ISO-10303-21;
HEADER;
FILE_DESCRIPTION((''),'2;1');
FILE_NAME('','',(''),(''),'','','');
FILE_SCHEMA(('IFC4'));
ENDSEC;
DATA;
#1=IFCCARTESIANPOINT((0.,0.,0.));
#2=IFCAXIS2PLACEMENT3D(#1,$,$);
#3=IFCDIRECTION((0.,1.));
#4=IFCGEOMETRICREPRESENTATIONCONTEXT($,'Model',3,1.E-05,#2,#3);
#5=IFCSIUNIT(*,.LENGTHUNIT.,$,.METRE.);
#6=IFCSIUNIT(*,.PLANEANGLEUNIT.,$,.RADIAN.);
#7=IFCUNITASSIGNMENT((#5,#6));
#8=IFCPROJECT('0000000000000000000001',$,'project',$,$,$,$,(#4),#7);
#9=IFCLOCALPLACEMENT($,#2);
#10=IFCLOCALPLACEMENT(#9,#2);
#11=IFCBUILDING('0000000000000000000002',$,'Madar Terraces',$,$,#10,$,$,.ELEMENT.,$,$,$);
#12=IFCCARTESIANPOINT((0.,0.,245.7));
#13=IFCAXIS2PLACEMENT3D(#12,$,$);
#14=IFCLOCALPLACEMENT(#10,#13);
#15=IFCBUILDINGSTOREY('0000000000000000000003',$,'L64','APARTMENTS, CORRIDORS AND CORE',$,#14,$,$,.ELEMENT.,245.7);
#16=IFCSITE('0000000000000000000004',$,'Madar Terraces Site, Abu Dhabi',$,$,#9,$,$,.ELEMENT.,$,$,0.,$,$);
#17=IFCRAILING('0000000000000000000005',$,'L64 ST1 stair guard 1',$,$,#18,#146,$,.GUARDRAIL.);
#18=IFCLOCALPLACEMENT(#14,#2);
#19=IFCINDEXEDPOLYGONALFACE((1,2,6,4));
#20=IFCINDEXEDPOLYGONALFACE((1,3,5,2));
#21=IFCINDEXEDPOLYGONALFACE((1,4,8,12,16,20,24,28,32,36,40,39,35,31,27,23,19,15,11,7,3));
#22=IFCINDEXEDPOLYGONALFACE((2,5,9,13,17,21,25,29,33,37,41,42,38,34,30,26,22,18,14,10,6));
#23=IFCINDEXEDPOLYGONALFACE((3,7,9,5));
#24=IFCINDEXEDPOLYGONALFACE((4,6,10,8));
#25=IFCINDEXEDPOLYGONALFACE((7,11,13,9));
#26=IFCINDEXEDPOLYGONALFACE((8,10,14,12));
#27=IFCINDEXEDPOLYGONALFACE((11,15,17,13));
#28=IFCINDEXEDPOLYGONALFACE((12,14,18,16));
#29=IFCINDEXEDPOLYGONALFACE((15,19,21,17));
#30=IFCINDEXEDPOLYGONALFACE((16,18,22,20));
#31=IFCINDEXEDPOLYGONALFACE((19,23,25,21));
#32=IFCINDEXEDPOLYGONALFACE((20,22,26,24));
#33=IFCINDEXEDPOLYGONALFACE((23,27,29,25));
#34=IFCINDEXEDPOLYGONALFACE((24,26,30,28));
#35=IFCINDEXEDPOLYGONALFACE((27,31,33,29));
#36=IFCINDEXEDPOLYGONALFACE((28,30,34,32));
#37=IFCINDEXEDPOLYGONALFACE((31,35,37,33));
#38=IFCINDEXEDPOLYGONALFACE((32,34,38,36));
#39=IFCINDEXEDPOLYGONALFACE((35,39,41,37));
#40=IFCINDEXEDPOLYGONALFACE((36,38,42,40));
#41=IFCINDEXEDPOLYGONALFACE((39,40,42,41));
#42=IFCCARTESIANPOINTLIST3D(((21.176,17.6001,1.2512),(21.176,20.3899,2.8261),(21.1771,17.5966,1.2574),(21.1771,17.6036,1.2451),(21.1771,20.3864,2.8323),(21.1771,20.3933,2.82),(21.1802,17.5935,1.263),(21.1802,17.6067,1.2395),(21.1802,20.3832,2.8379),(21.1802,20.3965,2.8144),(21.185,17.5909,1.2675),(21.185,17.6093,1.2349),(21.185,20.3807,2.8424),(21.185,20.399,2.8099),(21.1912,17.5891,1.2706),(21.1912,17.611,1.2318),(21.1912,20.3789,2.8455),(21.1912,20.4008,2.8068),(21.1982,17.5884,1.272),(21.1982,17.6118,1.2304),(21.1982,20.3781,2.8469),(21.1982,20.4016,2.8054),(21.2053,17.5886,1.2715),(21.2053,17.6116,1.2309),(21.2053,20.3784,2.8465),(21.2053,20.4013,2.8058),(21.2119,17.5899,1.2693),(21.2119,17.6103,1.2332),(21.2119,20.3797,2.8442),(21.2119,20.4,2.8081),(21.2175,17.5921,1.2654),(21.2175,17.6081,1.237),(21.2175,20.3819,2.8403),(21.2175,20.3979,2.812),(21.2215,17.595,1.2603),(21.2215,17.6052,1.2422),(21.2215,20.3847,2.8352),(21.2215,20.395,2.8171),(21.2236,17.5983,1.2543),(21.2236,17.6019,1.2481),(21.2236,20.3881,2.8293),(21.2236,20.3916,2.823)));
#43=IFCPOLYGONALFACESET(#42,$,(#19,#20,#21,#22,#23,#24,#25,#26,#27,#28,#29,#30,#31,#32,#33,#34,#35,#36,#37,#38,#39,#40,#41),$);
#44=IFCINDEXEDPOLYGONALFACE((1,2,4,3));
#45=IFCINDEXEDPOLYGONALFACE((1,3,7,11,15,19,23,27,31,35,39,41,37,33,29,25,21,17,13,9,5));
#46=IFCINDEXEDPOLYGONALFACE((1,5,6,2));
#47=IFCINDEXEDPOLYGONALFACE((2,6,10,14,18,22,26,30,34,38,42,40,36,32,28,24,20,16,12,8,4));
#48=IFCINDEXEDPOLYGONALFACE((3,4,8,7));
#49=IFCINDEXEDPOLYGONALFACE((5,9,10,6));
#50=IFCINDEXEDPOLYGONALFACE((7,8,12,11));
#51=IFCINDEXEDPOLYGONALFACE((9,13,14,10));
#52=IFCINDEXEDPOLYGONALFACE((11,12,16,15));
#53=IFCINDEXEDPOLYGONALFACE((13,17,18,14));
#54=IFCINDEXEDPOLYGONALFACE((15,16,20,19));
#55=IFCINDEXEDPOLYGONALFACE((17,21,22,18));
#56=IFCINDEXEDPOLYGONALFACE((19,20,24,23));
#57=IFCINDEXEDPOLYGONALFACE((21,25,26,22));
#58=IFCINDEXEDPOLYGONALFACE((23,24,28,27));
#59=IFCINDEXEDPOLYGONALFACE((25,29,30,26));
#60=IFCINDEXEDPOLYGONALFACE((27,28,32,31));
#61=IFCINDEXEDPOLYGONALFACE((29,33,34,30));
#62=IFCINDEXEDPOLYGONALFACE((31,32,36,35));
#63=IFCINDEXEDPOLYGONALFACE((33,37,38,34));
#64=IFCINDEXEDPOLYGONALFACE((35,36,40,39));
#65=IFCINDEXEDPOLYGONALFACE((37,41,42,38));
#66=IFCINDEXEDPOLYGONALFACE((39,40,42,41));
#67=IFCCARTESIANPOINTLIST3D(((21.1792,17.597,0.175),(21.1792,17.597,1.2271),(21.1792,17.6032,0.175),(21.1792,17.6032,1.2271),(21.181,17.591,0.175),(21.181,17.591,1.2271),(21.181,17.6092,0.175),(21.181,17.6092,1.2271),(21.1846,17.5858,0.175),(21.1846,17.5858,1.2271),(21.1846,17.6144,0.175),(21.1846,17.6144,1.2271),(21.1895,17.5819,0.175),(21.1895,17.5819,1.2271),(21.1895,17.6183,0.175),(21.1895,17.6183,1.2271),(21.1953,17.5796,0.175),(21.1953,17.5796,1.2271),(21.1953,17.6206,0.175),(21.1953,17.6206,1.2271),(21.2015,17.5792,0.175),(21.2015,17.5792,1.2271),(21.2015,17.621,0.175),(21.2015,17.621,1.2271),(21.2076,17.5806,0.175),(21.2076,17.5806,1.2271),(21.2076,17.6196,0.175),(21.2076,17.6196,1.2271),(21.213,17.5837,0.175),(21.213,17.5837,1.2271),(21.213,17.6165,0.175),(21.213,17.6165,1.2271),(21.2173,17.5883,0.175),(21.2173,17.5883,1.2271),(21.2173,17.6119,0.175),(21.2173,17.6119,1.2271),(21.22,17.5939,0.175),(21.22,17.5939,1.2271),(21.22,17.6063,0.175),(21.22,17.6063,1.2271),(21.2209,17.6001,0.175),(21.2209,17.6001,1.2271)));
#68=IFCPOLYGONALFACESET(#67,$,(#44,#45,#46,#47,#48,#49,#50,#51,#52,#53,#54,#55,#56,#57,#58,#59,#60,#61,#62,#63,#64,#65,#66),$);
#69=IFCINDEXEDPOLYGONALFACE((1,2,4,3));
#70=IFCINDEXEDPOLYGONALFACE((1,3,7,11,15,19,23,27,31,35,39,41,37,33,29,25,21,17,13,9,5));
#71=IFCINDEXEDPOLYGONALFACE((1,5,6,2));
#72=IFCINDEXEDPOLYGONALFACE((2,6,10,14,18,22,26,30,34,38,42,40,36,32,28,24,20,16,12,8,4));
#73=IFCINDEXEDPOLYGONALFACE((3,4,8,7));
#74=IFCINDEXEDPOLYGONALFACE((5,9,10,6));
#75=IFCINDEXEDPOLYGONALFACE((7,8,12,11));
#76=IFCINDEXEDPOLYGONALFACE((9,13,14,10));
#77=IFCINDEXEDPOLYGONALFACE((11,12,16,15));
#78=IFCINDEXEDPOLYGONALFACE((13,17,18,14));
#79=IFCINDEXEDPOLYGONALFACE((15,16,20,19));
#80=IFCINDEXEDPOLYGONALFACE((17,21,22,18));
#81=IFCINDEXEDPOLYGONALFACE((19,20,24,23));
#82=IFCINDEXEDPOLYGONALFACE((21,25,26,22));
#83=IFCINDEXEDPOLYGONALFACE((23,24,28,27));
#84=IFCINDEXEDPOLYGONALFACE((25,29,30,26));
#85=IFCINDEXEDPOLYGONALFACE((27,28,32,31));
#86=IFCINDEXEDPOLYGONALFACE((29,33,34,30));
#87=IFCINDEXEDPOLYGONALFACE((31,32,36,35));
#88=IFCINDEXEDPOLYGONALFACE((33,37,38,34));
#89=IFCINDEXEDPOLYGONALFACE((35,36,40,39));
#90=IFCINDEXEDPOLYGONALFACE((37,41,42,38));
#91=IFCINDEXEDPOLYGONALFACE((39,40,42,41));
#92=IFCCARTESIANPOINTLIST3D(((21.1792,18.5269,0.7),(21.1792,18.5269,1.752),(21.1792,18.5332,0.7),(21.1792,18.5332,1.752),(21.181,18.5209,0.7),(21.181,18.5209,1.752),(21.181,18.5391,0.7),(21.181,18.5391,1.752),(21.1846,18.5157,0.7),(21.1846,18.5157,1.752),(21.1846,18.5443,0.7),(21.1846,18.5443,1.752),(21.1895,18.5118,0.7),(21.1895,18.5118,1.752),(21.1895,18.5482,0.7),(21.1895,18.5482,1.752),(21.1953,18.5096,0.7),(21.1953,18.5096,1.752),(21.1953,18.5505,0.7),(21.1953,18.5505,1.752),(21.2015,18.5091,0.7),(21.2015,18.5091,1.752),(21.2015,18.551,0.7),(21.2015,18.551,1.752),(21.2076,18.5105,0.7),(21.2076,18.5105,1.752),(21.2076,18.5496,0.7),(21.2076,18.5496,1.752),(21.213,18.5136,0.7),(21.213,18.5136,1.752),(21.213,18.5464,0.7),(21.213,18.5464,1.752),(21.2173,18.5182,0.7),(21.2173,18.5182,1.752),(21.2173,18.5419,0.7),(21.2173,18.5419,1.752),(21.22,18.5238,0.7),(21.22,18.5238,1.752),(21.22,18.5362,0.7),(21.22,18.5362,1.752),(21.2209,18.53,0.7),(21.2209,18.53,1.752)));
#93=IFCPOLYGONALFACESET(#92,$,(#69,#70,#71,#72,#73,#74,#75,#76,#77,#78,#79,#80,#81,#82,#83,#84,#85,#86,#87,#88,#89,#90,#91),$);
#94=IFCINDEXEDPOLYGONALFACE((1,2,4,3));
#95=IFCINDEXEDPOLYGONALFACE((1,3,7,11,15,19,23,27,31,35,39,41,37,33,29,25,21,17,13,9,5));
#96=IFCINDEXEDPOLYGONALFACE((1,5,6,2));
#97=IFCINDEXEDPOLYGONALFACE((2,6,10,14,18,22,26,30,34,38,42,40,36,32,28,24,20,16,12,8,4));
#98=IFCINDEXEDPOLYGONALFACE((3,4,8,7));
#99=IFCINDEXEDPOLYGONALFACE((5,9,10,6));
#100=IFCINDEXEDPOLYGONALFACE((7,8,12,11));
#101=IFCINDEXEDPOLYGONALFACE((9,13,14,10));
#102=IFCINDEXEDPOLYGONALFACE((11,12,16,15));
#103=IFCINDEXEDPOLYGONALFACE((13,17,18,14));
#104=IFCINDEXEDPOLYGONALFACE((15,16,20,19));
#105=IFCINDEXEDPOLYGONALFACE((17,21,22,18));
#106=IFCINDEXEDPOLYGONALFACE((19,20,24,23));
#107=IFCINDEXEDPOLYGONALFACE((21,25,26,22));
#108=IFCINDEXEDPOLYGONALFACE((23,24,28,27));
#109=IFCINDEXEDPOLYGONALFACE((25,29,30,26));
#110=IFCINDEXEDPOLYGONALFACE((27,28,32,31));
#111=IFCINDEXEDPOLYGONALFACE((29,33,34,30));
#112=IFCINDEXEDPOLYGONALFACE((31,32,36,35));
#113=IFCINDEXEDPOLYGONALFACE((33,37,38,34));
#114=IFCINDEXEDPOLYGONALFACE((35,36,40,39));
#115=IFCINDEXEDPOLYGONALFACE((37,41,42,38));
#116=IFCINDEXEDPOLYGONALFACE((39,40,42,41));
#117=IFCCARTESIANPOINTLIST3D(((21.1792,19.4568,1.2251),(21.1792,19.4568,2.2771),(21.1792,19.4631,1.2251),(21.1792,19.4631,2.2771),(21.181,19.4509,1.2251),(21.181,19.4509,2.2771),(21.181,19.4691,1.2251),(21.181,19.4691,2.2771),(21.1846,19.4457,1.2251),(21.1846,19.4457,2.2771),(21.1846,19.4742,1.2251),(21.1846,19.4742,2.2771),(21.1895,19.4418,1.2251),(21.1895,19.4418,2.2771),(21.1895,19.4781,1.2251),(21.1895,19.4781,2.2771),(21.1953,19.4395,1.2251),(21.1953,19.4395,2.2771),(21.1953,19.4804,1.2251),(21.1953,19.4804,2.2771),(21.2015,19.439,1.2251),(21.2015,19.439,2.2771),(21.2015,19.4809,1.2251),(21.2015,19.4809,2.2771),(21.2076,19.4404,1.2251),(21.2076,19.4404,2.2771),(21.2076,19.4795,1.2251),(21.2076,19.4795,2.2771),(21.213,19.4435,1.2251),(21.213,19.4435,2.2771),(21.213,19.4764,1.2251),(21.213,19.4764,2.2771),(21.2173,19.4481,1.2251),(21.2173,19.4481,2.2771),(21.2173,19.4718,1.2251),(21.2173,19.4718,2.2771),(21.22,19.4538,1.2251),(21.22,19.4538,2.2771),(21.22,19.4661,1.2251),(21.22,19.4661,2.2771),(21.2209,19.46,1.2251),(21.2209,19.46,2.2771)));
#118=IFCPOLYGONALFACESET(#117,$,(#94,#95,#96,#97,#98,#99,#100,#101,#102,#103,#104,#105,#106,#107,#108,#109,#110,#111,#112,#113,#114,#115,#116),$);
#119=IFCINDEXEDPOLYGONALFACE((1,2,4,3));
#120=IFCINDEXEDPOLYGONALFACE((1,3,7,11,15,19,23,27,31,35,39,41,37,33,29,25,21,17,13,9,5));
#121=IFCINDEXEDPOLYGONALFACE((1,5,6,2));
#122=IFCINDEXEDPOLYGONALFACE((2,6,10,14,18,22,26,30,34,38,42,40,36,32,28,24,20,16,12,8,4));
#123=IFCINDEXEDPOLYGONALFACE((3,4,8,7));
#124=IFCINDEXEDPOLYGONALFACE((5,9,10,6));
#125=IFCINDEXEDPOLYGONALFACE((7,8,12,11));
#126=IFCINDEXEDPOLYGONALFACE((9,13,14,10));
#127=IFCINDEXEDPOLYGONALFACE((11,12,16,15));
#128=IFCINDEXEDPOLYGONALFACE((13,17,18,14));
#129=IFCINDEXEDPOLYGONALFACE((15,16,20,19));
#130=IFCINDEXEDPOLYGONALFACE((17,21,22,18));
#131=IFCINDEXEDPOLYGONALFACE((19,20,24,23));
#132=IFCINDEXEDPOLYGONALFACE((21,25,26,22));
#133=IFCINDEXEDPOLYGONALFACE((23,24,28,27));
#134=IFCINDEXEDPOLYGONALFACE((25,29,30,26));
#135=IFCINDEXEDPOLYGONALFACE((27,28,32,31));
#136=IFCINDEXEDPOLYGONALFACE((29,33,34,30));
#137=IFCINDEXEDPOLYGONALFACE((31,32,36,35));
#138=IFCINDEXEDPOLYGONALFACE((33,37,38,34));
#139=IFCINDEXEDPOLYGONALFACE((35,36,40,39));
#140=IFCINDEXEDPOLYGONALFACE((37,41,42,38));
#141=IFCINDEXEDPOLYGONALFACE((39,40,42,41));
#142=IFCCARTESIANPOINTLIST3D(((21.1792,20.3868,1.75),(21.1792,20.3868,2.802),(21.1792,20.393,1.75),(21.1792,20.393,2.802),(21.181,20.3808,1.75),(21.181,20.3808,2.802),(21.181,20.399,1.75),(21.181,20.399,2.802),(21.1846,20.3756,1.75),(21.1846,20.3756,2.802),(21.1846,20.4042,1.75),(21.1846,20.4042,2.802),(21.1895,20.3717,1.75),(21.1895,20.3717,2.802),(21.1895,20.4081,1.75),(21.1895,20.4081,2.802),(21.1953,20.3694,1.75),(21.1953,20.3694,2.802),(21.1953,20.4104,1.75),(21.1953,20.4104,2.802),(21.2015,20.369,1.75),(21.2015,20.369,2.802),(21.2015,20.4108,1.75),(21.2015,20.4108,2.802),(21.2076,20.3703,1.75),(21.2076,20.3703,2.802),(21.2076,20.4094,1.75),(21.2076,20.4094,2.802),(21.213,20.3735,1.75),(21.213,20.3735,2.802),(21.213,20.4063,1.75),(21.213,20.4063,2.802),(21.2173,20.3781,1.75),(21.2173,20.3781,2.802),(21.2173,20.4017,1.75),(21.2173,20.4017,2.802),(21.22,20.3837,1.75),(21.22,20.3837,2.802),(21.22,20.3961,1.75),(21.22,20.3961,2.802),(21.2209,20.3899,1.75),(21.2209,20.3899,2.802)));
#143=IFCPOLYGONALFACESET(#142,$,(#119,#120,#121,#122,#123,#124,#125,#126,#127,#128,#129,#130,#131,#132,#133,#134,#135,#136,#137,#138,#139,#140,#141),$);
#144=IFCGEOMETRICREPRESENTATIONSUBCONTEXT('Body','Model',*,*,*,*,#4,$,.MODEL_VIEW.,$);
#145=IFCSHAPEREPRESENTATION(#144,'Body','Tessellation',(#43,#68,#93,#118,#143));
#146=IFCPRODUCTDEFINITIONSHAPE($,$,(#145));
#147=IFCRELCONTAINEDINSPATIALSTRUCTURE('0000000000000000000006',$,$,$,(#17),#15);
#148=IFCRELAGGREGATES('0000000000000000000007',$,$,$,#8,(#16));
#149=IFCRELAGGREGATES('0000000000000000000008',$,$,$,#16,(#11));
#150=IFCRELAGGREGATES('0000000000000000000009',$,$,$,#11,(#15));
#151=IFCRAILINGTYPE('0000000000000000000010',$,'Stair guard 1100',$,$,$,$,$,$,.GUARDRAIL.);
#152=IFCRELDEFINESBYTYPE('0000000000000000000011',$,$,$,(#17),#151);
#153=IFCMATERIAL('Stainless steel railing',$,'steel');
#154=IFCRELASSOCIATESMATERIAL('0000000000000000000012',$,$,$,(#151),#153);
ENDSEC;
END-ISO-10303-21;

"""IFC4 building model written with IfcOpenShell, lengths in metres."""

from ifc_helpers import new_model, si_unit, direction, frame, origin, origin_2d, place, context, subcontext, project, spatial, circle, extrude, material, type_object, element, save


model = new_model("IFC4")

# Units and contexts
model_context = context("Model", 3, precision=1e-05, world=origin(), true_north=direction((0.0, 1.0)))
body_context = subcontext(model_context, "Body", "Model", "MODEL_VIEW")
ifc_project = project(units=[si_unit("LENGTHUNIT", "METRE"), si_unit("PLANEANGLEUNIT", "RADIAN")], contexts=[model_context])

# Site, building, storey
site_placement = place(None, origin())
site = spatial("IfcSite", under=ifc_project, at=site_placement, Name="Madar Terraces Site, Abu Dhabi", CompositionType="ELEMENT", RefElevation=0.0)
building_placement = place(site_placement, origin())
building = spatial("IfcBuilding", under=site, at=building_placement, Name="Madar Terraces", CompositionType="ELEMENT")
storey_placement = place(building_placement, frame((0.0, 0.0, 245.7)))
storey = spatial("IfcBuildingStorey", under=building, at=storey_placement, Name="L64", Description="APARTMENTS, CORRIDORS AND CORE", CompositionType="ELEMENT", Elevation=245.7)

# Railing
ifc_material_1 = material(Name="Stainless steel railing", Category="steel")
railing_type_1 = type_object("IfcRailingType", Name="Stair guard 1100", PredefinedType="GUARDRAIL", material=ifc_material_1)
railing_1_placement = place(storey_placement, frame((21.2, 17.6001, 0.175)))
element("IfcRailing", 1, at=railing_1_placement, inside=storey, type_object=railing_type_1, Name="L64 ST1 stair guard 1", PredefinedType="GUARDRAIL", context=body_context, shape_type="SweptSolid", body=[
    extrude(circle(Radius=0.0239, at=origin_2d()), frame((0.0, 0.0, 1.0762), z_axis=(0.0, 0.870815, 0.49161), x_axis=(-1.0, 0.0, 0.0)), (0.0, 0.0, 1.0), 3.2036),
    extrude(circle(Radius=0.021, at=origin_2d()), origin(), (0.0, 0.0, 1.0), 1.052),
    extrude(circle(Radius=0.021, at=origin_2d()), frame((0.0, 0.9299, 0.5249)), (0.0, 0.0, 1.0), 1.052),
    extrude(circle(Radius=0.021, at=origin_2d()), frame((0.0, 1.8599, 1.05)), (0.0, 0.0, 1.0), 1.052),
    extrude(circle(Radius=0.021, at=origin_2d()), frame((0.0, 2.7898, 1.575)), (0.0, 0.0, 1.0), 1.052),
])

save(model, "model.ifc")
